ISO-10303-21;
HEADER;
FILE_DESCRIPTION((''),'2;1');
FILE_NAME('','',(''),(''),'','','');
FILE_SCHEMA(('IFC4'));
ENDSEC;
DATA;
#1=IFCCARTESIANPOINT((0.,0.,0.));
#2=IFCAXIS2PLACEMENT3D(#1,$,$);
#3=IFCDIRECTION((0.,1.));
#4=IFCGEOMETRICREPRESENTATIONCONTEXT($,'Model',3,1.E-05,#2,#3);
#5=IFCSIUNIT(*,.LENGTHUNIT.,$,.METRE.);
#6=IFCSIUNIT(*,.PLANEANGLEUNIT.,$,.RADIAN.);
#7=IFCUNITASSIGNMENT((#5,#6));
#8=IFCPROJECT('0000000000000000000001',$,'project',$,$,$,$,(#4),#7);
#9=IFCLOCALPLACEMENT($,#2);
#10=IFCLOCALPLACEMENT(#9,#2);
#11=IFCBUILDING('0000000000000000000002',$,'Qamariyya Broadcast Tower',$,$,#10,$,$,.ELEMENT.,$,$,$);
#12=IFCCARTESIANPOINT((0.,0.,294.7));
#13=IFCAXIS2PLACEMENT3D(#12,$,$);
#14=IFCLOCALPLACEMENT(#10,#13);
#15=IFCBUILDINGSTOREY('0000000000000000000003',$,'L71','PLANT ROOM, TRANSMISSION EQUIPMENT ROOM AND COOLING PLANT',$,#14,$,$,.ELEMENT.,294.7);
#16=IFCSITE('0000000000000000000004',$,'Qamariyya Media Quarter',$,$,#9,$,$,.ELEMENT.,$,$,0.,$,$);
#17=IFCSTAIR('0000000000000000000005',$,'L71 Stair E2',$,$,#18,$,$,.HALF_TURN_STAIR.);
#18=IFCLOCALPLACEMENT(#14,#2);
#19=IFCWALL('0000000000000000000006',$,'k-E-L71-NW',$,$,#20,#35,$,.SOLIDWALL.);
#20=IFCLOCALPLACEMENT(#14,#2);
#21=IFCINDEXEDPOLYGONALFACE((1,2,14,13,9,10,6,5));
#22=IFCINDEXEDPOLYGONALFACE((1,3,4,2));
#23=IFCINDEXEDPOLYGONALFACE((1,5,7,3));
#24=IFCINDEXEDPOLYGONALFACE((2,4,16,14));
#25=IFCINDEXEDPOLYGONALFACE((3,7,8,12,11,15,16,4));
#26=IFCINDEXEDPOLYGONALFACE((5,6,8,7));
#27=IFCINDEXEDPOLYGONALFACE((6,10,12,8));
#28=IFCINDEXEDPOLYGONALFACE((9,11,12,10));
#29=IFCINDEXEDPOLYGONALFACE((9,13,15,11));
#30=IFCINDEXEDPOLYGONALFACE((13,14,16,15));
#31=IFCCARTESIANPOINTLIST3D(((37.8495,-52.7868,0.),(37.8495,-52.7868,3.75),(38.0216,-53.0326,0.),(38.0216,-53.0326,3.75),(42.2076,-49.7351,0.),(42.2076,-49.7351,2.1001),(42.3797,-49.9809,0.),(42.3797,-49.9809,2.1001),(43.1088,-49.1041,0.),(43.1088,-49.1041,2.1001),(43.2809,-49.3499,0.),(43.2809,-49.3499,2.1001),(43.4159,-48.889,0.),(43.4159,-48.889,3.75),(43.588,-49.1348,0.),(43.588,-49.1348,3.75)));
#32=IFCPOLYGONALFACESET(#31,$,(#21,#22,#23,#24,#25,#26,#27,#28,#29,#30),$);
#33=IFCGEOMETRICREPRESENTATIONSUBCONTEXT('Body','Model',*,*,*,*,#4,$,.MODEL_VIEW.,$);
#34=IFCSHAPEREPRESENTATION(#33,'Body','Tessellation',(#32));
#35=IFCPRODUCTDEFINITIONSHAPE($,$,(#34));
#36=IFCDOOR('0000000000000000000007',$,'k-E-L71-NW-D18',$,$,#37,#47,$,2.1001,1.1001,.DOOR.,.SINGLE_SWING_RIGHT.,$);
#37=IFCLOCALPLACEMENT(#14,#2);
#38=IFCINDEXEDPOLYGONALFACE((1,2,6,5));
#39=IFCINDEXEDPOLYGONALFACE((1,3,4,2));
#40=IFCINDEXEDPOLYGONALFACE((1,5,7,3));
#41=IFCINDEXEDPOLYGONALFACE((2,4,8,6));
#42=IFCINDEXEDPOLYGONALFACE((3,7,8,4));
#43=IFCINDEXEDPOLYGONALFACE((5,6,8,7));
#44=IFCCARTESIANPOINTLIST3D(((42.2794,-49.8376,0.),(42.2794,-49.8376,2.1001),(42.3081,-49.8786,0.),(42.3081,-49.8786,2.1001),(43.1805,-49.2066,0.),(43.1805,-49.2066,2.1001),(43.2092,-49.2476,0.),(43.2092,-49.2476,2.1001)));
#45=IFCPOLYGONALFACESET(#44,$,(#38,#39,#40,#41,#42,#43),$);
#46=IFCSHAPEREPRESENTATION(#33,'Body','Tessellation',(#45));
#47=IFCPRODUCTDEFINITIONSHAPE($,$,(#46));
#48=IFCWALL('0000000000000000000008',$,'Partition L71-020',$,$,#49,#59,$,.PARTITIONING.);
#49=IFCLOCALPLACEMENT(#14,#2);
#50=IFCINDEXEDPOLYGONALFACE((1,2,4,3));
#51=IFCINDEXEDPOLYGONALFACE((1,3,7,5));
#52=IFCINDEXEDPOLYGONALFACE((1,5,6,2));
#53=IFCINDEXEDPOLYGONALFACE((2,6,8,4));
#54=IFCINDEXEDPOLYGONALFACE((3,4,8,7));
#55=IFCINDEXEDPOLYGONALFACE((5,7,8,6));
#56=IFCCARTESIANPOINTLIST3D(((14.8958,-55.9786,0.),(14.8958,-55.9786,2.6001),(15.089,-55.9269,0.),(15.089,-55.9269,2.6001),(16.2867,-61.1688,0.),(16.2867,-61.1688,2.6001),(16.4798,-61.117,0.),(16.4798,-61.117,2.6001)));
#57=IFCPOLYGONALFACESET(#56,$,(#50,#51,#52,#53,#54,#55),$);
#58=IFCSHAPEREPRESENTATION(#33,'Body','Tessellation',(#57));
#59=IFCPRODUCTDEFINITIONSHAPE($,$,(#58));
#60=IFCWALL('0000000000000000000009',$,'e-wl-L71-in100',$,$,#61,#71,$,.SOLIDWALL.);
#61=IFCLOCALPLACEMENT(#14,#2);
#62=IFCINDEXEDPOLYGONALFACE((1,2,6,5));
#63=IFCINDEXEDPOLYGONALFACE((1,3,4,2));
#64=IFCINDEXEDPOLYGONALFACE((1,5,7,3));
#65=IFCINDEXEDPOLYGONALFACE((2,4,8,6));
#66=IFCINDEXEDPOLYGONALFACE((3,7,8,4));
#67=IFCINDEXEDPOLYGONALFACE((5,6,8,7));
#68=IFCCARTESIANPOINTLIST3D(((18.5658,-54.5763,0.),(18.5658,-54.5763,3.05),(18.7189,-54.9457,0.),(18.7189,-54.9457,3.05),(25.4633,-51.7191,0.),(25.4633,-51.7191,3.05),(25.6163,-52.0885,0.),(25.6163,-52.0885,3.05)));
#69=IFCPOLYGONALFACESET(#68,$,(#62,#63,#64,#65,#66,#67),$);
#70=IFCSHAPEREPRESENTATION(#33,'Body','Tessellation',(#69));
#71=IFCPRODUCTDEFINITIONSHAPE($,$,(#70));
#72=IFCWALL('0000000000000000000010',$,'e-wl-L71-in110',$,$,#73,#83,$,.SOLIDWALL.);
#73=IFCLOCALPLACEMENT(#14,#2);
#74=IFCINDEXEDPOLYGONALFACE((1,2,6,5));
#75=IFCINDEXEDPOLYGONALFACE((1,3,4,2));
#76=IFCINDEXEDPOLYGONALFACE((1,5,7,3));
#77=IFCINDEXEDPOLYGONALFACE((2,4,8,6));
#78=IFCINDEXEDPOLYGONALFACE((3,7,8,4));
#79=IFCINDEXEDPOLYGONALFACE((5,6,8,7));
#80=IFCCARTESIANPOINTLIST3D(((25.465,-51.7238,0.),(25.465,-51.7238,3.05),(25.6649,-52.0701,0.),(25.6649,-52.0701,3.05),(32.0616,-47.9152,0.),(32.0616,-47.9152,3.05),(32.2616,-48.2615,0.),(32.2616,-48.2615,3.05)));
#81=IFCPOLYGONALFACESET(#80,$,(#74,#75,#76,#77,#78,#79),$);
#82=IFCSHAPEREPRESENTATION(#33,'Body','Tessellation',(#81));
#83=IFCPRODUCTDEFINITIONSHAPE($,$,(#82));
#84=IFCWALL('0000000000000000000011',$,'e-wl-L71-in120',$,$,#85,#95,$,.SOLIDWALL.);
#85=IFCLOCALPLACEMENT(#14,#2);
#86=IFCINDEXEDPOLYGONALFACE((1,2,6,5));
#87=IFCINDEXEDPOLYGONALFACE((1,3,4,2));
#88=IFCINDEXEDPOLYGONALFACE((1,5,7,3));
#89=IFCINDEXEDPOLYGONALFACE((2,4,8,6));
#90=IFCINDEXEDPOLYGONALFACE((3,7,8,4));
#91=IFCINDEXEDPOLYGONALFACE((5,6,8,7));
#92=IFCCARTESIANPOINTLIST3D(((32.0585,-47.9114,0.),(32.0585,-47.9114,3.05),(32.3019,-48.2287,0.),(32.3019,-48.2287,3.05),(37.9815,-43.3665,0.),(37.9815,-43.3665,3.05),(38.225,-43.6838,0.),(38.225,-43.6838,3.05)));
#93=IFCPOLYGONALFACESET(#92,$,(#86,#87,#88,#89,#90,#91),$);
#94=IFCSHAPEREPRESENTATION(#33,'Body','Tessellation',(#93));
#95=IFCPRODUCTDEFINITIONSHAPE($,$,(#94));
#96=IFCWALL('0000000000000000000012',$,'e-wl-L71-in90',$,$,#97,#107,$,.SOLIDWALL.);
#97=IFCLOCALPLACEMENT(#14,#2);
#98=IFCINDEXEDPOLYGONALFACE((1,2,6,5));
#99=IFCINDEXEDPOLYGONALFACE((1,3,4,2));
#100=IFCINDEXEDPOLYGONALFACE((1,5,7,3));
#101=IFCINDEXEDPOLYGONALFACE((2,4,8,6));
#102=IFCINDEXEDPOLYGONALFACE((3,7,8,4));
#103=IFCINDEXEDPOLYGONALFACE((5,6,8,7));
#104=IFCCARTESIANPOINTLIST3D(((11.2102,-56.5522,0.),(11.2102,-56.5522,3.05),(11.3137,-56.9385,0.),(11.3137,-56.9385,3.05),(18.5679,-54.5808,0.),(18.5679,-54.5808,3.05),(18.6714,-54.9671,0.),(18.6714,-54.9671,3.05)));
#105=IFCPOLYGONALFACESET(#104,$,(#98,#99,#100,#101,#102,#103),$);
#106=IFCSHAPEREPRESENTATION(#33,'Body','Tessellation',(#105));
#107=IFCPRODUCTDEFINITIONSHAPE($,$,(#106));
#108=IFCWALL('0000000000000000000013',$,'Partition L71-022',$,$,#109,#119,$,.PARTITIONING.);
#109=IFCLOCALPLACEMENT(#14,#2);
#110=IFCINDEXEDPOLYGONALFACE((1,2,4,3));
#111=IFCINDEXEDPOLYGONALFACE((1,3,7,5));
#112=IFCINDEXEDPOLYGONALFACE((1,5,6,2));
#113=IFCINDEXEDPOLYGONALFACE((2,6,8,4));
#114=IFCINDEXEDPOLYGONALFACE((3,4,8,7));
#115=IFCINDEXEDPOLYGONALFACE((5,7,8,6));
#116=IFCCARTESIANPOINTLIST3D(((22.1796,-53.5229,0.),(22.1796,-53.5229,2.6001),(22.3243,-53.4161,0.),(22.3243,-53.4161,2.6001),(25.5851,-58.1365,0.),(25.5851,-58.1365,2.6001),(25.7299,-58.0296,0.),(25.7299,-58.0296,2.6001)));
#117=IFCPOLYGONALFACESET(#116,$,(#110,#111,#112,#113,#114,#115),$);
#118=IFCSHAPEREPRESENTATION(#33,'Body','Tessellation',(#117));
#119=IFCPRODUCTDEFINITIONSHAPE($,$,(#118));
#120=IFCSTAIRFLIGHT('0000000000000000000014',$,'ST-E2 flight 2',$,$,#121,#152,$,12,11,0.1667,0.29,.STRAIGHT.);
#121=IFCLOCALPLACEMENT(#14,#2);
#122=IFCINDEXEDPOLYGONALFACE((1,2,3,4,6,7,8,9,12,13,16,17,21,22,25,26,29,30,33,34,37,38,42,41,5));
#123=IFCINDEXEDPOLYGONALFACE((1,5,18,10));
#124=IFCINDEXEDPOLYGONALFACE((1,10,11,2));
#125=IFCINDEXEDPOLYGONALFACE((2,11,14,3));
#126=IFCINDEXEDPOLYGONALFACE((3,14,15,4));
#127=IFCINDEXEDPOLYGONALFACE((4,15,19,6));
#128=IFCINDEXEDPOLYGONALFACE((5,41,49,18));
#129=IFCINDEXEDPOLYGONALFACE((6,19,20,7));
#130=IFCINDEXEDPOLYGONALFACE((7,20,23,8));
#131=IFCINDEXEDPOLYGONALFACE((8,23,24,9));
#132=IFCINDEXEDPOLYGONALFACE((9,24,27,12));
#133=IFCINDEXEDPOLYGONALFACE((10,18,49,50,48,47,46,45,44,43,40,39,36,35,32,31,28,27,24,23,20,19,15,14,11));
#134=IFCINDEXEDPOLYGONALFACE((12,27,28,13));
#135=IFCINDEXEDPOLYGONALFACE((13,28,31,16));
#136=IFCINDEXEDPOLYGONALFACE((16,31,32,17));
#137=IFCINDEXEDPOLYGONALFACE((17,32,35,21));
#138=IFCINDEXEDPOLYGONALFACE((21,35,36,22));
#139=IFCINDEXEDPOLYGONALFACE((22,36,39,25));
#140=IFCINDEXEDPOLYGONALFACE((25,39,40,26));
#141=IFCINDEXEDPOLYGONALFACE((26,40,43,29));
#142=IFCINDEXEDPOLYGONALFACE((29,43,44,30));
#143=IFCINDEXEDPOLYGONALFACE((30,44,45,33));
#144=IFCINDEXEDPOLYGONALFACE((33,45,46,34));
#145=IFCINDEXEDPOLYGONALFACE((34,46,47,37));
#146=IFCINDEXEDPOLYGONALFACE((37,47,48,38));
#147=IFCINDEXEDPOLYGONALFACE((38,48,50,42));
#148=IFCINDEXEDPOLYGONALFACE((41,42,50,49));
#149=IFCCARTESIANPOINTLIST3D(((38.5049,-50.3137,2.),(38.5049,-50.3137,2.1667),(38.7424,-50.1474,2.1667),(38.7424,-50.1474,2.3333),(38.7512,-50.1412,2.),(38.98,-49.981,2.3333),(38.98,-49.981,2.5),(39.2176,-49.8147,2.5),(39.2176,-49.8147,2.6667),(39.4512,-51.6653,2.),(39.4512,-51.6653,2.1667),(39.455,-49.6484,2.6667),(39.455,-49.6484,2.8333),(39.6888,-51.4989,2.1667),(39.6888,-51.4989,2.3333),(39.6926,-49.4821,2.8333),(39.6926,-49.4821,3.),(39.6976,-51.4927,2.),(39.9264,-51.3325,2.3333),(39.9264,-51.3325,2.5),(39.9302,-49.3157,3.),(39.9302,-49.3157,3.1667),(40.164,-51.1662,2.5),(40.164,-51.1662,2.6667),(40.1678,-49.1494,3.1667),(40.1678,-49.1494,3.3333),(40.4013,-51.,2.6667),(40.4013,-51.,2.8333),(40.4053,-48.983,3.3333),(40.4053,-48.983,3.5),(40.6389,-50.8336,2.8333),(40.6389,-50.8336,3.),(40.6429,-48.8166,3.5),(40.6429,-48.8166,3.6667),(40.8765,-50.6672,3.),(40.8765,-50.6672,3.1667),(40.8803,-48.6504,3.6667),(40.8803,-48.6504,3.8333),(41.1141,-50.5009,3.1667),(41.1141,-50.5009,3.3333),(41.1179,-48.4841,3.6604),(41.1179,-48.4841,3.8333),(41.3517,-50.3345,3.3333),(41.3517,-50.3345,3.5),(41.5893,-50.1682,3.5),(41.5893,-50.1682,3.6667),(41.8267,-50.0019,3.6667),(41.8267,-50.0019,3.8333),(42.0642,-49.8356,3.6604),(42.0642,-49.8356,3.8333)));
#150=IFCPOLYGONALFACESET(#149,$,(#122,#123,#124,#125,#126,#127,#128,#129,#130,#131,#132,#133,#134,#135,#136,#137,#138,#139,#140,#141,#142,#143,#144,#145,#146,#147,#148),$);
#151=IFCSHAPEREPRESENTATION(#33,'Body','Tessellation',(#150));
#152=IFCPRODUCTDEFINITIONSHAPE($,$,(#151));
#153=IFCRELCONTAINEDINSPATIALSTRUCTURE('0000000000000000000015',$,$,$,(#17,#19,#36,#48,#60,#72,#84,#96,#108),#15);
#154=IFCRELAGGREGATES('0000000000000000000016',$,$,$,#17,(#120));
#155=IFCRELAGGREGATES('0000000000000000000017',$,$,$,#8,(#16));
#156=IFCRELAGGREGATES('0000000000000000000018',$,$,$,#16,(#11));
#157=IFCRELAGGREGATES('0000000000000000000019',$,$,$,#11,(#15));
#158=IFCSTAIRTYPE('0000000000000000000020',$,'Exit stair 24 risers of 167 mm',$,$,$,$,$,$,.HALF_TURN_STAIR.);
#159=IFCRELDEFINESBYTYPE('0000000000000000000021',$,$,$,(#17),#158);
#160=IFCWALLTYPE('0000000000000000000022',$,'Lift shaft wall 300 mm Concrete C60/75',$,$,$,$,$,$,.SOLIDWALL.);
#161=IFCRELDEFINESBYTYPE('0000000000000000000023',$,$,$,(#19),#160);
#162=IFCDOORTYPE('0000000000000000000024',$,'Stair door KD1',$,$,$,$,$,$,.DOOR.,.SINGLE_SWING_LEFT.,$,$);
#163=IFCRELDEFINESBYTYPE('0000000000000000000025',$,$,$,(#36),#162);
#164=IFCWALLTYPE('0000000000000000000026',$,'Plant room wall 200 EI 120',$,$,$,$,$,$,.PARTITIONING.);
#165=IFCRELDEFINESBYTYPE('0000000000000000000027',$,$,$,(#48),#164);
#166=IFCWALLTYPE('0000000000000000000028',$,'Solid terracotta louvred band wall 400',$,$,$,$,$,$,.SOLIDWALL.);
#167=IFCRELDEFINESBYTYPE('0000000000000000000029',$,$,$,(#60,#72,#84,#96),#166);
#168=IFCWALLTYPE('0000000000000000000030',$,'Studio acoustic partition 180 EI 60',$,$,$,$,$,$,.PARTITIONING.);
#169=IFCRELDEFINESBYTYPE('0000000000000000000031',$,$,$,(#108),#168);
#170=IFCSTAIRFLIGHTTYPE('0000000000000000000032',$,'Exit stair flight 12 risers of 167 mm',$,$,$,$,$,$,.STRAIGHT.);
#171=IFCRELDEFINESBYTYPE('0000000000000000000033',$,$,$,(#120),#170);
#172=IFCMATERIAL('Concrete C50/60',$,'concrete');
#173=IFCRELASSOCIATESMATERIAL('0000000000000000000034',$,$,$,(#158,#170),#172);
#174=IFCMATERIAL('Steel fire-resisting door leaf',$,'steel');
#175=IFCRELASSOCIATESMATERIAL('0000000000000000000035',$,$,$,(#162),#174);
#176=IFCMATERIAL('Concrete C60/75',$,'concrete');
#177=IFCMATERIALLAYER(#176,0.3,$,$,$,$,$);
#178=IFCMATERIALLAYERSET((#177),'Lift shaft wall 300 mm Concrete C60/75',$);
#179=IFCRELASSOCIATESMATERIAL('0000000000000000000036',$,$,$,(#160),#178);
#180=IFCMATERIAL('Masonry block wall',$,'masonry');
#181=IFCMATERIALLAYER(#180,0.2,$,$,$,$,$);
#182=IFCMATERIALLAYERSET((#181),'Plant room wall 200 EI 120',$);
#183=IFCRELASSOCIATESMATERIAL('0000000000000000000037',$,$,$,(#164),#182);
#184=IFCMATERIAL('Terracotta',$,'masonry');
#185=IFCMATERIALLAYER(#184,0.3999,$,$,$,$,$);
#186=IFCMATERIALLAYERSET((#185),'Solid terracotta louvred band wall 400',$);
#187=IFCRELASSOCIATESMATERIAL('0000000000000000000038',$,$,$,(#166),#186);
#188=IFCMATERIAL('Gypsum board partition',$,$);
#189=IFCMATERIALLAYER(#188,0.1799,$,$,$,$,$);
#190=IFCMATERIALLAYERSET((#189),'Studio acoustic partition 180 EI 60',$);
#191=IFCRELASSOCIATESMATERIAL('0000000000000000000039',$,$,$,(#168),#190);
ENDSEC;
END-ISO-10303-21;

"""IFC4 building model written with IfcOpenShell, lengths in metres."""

from ifc_helpers import new_model, si_unit, direction, frame, frame_2d, origin, place, context, subcontext, project, spatial, polyline, rectangle, outline, extrude, material, layer, layer_set, type_object, element, fill, aggregate, save


model = new_model("IFC4")

# Units and contexts
model_context = context("Model", 3, precision=1e-05, world=origin(), true_north=direction((0.0, 1.0)))
body_context = subcontext(model_context, "Body", "Model", "MODEL_VIEW")
ifc_project = project(units=[si_unit("LENGTHUNIT", "METRE"), si_unit("PLANEANGLEUNIT", "RADIAN")], contexts=[model_context])

# Site, building, storey
site_placement = place(None, origin())
site = spatial("IfcSite", under=ifc_project, at=site_placement, Name="Qamariyya Media Quarter", CompositionType="ELEMENT", RefElevation=0.0)
building_placement = place(site_placement, origin())
building = spatial("IfcBuilding", under=site, at=building_placement, Name="Qamariyya Broadcast Tower", CompositionType="ELEMENT")
storey_placement = place(building_placement, frame((0.0, 0.0, 294.7)))
storey = spatial("IfcBuildingStorey", under=building, at=storey_placement, Name="L71", Description="PLANT ROOM, TRANSMISSION EQUIPMENT ROOM AND COOLING PLANT", CompositionType="ELEMENT", Elevation=294.7)

# Shared definitions
ifc_material_1 = material(Name="Concrete C50/60", Category="concrete")

# Stair
stair_type = type_object("IfcStairType", Name="Exit stair 24 risers of 167 mm", PredefinedType="HALF_TURN_STAIR", material=ifc_material_1)
stair_1_placement = place(storey_placement, origin())
stair_1 = element("IfcStair", 1, at=stair_1_placement, inside=storey, type_object=stair_type, Name="L71 Stair E2", PredefinedType="HALF_TURN_STAIR")

# Shared definitions
ifc_material_2 = material(Name="Concrete C60/75", Category="concrete")
ifc_material_3 = material(Name="Steel fire-resisting door leaf", Category="steel")
door_type_1 = type_object("IfcDoorType", Name="Stair door KD1", OperationType="SINGLE_SWING_LEFT", PredefinedType="DOOR", material=ifc_material_3)

# Wall, opening, door
ifc_layer_1 = layer(ifc_material_2, 0.3)
ifc_layer_set_1 = layer_set([ifc_layer_1], Name="Lift shaft wall 300 mm Concrete C60/75")
wall_type_1 = type_object("IfcWallType", Name="Lift shaft wall 300 mm Concrete C60/75", PredefinedType="SOLIDWALL", material=ifc_layer_set_1)
wall_1_placement = place(storey_placement, frame((37.9355, -52.9097, 0.0), z_axis=(0.0, 0.0, 1.0), x_axis=(0.819148, 0.573583, 0.0)))
wall_1 = element("IfcWall", 2, at=wall_1_placement, inside=storey, type_object=wall_type_1, Name="k-E-L71-NW", PredefinedType="SOLIDWALL", context=body_context, shape_type="SweptSolid", body=[
    extrude(rectangle(XDim=6.7954, YDim=0.3, at=frame_2d((3.3977, 0.0))), origin(), (0.0, 0.0, 1.0), 3.75),
])
opening_1_placement = place(wall_1_placement, frame((5.3203, 0.0, 0.0)))
opening_1 = element("IfcOpeningElement", 3, at=opening_1_placement, cuts=wall_1, PredefinedType="OPENING", context=body_context, shape_type="SweptSolid", body=[
    extrude(rectangle(XDim=1.1001, YDim=2.1001, at=frame_2d((0.55, 1.05))), frame((0.0, 0.1599, 0.0), z_axis=(0.0, -1.0, 0.0), x_axis=(1.0, 0.0, 0.0)), (0.0, 0.0, 1.0), 0.3201),
])
door_1_placement = place(opening_1_placement, origin())
door_1 = element("IfcDoor", 4, at=door_1_placement, inside=storey, type_object=door_type_1, Name="k-E-L71-NW-D18", OperationType="SINGLE_SWING_RIGHT", OverallHeight=2.1001, OverallWidth=1.1001, PredefinedType="DOOR", context=body_context, shape_type="SweptSolid", body=[
    extrude(rectangle(XDim=1.1001, YDim=2.1001, at=frame_2d((0.55, 1.05))), frame((0.0, 0.0249, 0.0), z_axis=(0.0, -1.0, 0.0), x_axis=(1.0, 0.0, 0.0)), (0.0, 0.0, 1.0), 0.05),
])
fill(opening_1, door_1)

# Walls
ifc_material_4 = material(Name="Masonry block wall", Category="masonry")
ifc_layer_2 = layer(ifc_material_4, 0.2)
ifc_layer_set_2 = layer_set([ifc_layer_2], Name="Plant room wall 200 EI 120")
wall_type_2 = type_object("IfcWallType", Name="Plant room wall 200 EI 120", PredefinedType="PARTITIONING", material=ifc_layer_set_2)
wall_2_placement = place(storey_placement, frame((14.9924, -55.9529, 0.0), z_axis=(0.0, 0.0, 1.0), x_axis=(0.258847, -0.965918, 0.0)))
element("IfcWall", 5, at=wall_2_placement, inside=storey, type_object=wall_type_2, Name="Partition L71-020", PredefinedType="PARTITIONING", context=body_context, shape_type="SweptSolid", body=[
    extrude(rectangle(XDim=5.3733, YDim=0.2, at=frame_2d((2.6865, 0.0))), origin(), (0.0, 0.0, 1.0), 2.6001),
])
ifc_material_5 = material(Name="Terracotta", Category="masonry")
ifc_layer_3 = layer(ifc_material_5, 0.3999)
ifc_layer_set_3 = layer_set([ifc_layer_3], Name="Solid terracotta louvred band wall 400")
wall_type_3 = type_object("IfcWallType", Name="Solid terracotta louvred band wall 400", PredefinedType="SOLIDWALL", material=ifc_layer_set_3)
wall_3_placement = place(storey_placement, frame((25.5398, -51.9038, 0.0), z_axis=(0.0, 0.0, 1.0), x_axis=(-0.923872, -0.382701, 0.0)))
element("IfcWall", 6, at=wall_3_placement, inside=storey, type_object=wall_type_3, Name="e-wl-L71-in100", PredefinedType="SOLIDWALL", context=body_context, shape_type="SweptSolid", body=[
    extrude(rectangle(XDim=7.4658, YDim=0.3999, at=frame_2d((3.7329, 0.0))), origin(), (0.0, 0.0, 1.0), 3.05),
])
wall_4_placement = place(storey_placement, frame((32.1616, -48.0884, 0.0), z_axis=(0.0, 0.0, 1.0), x_axis=(-0.866025, -0.5, 0.0)))
element("IfcWall", 7, at=wall_4_placement, inside=storey, type_object=wall_type_3, Name="e-wl-L71-in110", PredefinedType="SOLIDWALL", context=body_context, shape_type="SweptSolid", body=[
    extrude(rectangle(XDim=7.6172, YDim=0.3999, at=frame_2d((3.8086, 0.0))), origin(), (0.0, 0.0, 1.0), 3.05),
])
wall_5_placement = place(storey_placement, frame((38.1033, -43.5251, 0.0), z_axis=(0.0, 0.0, 1.0), x_axis=(-0.793355, -0.608759, 0.0)))
element("IfcWall", 8, at=wall_5_placement, inside=storey, type_object=wall_type_3, Name="e-wl-L71-in120", PredefinedType="SOLIDWALL", context=body_context, shape_type="SweptSolid", body=[
    extrude(rectangle(XDim=7.4658, YDim=0.3999, at=frame_2d((3.7329, 0.0))), origin(), (0.0, 0.0, 1.0), 3.05),
])
wall_6_placement = place(storey_placement, frame((18.6196, -54.7739, 0.0), z_axis=(0.0, 0.0, 1.0), x_axis=(-0.965927, -0.258814, 0.0)))
element("IfcWall", 9, at=wall_6_placement, inside=storey, type_object=wall_type_3, Name="e-wl-L71-in90", PredefinedType="SOLIDWALL", context=body_context, shape_type="SweptSolid", body=[
    extrude(rectangle(XDim=7.6172, YDim=0.3999, at=frame_2d((3.8086, 0.0))), origin(), (0.0, 0.0, 1.0), 3.05),
])
ifc_material_6 = material(Name="Gypsum board partition")
ifc_layer_4 = layer(ifc_material_6, 0.1799)
ifc_layer_set_4 = layer_set([ifc_layer_4], Name="Studio acoustic partition 180 EI 60")
wall_type_4 = type_object("IfcWallType", Name="Studio acoustic partition 180 EI 60", PredefinedType="PARTITIONING", material=ifc_layer_set_4)
wall_7_placement = place(storey_placement, frame((22.252, -53.4695, 0.0), z_axis=(0.0, 0.0, 1.0), x_axis=(0.593886, -0.804549, 0.0)))
element("IfcWall", 10, at=wall_7_placement, inside=storey, type_object=wall_type_4, Name="Partition L71-022", PredefinedType="PARTITIONING", context=body_context, shape_type="SweptSolid", body=[
    extrude(rectangle(XDim=5.7344, YDim=0.1799, at=frame_2d((2.8672, 0.0))), origin(), (0.0, 0.0, 1.0), 2.6001),
])

# Stair flight
stair_flight_type = type_object("IfcStairFlightType", Name="Exit stair flight 12 risers of 167 mm", PredefinedType="STRAIGHT", material=ifc_material_1)
stair_flight_placement = place(storey_placement, frame((38.978, -50.9895, 2.0), z_axis=(0.0, 0.0, 1.0), x_axis=(0.819152, 0.573576, 0.0)))
stair_flight = element("IfcStairFlight", 11, at=stair_flight_placement, type_object=stair_flight_type, Name="ST-E2 flight 2", NumberOfRisers=12, NumberOfTreads=11, PredefinedType="STRAIGHT", RiserHeight=0.1667, TreadLength=0.29, context=body_context, shape_type="SweptSolid", body=[
    extrude(outline(polyline([(0.0, 0.0), (0.0, 0.1667), (0.29, 0.1667), (0.29, 0.3333), (0.5801, 0.3333), (0.5801, 0.5), (0.8701, 0.5), (0.8701, 0.6667), (1.1599, 0.6667), (1.1599, 0.8333), (1.45, 0.8333), (1.45, 1.0), (1.74, 1.0), (1.74, 1.1667), (2.03, 1.1667), (2.03, 1.3333), (2.3201, 1.3333), (2.3201, 1.5), (2.6101, 1.5), (2.6101, 1.6667), (2.8999, 1.6667), (2.8999, 1.8333), (3.1899, 1.8333), (3.1899, 2.0), (3.1899, 1.6604), (0.3008, 0.0), (0.0, 0.0)])), frame((0.0, 0.825, 0.0), z_axis=(0.0, -1.0, 0.0), x_axis=(1.0, 0.0, 0.0)), (0.0, 0.0, 1.0), 1.6499),
])
aggregate(stair_1, [stair_flight])

save(model, "model.ifc")
